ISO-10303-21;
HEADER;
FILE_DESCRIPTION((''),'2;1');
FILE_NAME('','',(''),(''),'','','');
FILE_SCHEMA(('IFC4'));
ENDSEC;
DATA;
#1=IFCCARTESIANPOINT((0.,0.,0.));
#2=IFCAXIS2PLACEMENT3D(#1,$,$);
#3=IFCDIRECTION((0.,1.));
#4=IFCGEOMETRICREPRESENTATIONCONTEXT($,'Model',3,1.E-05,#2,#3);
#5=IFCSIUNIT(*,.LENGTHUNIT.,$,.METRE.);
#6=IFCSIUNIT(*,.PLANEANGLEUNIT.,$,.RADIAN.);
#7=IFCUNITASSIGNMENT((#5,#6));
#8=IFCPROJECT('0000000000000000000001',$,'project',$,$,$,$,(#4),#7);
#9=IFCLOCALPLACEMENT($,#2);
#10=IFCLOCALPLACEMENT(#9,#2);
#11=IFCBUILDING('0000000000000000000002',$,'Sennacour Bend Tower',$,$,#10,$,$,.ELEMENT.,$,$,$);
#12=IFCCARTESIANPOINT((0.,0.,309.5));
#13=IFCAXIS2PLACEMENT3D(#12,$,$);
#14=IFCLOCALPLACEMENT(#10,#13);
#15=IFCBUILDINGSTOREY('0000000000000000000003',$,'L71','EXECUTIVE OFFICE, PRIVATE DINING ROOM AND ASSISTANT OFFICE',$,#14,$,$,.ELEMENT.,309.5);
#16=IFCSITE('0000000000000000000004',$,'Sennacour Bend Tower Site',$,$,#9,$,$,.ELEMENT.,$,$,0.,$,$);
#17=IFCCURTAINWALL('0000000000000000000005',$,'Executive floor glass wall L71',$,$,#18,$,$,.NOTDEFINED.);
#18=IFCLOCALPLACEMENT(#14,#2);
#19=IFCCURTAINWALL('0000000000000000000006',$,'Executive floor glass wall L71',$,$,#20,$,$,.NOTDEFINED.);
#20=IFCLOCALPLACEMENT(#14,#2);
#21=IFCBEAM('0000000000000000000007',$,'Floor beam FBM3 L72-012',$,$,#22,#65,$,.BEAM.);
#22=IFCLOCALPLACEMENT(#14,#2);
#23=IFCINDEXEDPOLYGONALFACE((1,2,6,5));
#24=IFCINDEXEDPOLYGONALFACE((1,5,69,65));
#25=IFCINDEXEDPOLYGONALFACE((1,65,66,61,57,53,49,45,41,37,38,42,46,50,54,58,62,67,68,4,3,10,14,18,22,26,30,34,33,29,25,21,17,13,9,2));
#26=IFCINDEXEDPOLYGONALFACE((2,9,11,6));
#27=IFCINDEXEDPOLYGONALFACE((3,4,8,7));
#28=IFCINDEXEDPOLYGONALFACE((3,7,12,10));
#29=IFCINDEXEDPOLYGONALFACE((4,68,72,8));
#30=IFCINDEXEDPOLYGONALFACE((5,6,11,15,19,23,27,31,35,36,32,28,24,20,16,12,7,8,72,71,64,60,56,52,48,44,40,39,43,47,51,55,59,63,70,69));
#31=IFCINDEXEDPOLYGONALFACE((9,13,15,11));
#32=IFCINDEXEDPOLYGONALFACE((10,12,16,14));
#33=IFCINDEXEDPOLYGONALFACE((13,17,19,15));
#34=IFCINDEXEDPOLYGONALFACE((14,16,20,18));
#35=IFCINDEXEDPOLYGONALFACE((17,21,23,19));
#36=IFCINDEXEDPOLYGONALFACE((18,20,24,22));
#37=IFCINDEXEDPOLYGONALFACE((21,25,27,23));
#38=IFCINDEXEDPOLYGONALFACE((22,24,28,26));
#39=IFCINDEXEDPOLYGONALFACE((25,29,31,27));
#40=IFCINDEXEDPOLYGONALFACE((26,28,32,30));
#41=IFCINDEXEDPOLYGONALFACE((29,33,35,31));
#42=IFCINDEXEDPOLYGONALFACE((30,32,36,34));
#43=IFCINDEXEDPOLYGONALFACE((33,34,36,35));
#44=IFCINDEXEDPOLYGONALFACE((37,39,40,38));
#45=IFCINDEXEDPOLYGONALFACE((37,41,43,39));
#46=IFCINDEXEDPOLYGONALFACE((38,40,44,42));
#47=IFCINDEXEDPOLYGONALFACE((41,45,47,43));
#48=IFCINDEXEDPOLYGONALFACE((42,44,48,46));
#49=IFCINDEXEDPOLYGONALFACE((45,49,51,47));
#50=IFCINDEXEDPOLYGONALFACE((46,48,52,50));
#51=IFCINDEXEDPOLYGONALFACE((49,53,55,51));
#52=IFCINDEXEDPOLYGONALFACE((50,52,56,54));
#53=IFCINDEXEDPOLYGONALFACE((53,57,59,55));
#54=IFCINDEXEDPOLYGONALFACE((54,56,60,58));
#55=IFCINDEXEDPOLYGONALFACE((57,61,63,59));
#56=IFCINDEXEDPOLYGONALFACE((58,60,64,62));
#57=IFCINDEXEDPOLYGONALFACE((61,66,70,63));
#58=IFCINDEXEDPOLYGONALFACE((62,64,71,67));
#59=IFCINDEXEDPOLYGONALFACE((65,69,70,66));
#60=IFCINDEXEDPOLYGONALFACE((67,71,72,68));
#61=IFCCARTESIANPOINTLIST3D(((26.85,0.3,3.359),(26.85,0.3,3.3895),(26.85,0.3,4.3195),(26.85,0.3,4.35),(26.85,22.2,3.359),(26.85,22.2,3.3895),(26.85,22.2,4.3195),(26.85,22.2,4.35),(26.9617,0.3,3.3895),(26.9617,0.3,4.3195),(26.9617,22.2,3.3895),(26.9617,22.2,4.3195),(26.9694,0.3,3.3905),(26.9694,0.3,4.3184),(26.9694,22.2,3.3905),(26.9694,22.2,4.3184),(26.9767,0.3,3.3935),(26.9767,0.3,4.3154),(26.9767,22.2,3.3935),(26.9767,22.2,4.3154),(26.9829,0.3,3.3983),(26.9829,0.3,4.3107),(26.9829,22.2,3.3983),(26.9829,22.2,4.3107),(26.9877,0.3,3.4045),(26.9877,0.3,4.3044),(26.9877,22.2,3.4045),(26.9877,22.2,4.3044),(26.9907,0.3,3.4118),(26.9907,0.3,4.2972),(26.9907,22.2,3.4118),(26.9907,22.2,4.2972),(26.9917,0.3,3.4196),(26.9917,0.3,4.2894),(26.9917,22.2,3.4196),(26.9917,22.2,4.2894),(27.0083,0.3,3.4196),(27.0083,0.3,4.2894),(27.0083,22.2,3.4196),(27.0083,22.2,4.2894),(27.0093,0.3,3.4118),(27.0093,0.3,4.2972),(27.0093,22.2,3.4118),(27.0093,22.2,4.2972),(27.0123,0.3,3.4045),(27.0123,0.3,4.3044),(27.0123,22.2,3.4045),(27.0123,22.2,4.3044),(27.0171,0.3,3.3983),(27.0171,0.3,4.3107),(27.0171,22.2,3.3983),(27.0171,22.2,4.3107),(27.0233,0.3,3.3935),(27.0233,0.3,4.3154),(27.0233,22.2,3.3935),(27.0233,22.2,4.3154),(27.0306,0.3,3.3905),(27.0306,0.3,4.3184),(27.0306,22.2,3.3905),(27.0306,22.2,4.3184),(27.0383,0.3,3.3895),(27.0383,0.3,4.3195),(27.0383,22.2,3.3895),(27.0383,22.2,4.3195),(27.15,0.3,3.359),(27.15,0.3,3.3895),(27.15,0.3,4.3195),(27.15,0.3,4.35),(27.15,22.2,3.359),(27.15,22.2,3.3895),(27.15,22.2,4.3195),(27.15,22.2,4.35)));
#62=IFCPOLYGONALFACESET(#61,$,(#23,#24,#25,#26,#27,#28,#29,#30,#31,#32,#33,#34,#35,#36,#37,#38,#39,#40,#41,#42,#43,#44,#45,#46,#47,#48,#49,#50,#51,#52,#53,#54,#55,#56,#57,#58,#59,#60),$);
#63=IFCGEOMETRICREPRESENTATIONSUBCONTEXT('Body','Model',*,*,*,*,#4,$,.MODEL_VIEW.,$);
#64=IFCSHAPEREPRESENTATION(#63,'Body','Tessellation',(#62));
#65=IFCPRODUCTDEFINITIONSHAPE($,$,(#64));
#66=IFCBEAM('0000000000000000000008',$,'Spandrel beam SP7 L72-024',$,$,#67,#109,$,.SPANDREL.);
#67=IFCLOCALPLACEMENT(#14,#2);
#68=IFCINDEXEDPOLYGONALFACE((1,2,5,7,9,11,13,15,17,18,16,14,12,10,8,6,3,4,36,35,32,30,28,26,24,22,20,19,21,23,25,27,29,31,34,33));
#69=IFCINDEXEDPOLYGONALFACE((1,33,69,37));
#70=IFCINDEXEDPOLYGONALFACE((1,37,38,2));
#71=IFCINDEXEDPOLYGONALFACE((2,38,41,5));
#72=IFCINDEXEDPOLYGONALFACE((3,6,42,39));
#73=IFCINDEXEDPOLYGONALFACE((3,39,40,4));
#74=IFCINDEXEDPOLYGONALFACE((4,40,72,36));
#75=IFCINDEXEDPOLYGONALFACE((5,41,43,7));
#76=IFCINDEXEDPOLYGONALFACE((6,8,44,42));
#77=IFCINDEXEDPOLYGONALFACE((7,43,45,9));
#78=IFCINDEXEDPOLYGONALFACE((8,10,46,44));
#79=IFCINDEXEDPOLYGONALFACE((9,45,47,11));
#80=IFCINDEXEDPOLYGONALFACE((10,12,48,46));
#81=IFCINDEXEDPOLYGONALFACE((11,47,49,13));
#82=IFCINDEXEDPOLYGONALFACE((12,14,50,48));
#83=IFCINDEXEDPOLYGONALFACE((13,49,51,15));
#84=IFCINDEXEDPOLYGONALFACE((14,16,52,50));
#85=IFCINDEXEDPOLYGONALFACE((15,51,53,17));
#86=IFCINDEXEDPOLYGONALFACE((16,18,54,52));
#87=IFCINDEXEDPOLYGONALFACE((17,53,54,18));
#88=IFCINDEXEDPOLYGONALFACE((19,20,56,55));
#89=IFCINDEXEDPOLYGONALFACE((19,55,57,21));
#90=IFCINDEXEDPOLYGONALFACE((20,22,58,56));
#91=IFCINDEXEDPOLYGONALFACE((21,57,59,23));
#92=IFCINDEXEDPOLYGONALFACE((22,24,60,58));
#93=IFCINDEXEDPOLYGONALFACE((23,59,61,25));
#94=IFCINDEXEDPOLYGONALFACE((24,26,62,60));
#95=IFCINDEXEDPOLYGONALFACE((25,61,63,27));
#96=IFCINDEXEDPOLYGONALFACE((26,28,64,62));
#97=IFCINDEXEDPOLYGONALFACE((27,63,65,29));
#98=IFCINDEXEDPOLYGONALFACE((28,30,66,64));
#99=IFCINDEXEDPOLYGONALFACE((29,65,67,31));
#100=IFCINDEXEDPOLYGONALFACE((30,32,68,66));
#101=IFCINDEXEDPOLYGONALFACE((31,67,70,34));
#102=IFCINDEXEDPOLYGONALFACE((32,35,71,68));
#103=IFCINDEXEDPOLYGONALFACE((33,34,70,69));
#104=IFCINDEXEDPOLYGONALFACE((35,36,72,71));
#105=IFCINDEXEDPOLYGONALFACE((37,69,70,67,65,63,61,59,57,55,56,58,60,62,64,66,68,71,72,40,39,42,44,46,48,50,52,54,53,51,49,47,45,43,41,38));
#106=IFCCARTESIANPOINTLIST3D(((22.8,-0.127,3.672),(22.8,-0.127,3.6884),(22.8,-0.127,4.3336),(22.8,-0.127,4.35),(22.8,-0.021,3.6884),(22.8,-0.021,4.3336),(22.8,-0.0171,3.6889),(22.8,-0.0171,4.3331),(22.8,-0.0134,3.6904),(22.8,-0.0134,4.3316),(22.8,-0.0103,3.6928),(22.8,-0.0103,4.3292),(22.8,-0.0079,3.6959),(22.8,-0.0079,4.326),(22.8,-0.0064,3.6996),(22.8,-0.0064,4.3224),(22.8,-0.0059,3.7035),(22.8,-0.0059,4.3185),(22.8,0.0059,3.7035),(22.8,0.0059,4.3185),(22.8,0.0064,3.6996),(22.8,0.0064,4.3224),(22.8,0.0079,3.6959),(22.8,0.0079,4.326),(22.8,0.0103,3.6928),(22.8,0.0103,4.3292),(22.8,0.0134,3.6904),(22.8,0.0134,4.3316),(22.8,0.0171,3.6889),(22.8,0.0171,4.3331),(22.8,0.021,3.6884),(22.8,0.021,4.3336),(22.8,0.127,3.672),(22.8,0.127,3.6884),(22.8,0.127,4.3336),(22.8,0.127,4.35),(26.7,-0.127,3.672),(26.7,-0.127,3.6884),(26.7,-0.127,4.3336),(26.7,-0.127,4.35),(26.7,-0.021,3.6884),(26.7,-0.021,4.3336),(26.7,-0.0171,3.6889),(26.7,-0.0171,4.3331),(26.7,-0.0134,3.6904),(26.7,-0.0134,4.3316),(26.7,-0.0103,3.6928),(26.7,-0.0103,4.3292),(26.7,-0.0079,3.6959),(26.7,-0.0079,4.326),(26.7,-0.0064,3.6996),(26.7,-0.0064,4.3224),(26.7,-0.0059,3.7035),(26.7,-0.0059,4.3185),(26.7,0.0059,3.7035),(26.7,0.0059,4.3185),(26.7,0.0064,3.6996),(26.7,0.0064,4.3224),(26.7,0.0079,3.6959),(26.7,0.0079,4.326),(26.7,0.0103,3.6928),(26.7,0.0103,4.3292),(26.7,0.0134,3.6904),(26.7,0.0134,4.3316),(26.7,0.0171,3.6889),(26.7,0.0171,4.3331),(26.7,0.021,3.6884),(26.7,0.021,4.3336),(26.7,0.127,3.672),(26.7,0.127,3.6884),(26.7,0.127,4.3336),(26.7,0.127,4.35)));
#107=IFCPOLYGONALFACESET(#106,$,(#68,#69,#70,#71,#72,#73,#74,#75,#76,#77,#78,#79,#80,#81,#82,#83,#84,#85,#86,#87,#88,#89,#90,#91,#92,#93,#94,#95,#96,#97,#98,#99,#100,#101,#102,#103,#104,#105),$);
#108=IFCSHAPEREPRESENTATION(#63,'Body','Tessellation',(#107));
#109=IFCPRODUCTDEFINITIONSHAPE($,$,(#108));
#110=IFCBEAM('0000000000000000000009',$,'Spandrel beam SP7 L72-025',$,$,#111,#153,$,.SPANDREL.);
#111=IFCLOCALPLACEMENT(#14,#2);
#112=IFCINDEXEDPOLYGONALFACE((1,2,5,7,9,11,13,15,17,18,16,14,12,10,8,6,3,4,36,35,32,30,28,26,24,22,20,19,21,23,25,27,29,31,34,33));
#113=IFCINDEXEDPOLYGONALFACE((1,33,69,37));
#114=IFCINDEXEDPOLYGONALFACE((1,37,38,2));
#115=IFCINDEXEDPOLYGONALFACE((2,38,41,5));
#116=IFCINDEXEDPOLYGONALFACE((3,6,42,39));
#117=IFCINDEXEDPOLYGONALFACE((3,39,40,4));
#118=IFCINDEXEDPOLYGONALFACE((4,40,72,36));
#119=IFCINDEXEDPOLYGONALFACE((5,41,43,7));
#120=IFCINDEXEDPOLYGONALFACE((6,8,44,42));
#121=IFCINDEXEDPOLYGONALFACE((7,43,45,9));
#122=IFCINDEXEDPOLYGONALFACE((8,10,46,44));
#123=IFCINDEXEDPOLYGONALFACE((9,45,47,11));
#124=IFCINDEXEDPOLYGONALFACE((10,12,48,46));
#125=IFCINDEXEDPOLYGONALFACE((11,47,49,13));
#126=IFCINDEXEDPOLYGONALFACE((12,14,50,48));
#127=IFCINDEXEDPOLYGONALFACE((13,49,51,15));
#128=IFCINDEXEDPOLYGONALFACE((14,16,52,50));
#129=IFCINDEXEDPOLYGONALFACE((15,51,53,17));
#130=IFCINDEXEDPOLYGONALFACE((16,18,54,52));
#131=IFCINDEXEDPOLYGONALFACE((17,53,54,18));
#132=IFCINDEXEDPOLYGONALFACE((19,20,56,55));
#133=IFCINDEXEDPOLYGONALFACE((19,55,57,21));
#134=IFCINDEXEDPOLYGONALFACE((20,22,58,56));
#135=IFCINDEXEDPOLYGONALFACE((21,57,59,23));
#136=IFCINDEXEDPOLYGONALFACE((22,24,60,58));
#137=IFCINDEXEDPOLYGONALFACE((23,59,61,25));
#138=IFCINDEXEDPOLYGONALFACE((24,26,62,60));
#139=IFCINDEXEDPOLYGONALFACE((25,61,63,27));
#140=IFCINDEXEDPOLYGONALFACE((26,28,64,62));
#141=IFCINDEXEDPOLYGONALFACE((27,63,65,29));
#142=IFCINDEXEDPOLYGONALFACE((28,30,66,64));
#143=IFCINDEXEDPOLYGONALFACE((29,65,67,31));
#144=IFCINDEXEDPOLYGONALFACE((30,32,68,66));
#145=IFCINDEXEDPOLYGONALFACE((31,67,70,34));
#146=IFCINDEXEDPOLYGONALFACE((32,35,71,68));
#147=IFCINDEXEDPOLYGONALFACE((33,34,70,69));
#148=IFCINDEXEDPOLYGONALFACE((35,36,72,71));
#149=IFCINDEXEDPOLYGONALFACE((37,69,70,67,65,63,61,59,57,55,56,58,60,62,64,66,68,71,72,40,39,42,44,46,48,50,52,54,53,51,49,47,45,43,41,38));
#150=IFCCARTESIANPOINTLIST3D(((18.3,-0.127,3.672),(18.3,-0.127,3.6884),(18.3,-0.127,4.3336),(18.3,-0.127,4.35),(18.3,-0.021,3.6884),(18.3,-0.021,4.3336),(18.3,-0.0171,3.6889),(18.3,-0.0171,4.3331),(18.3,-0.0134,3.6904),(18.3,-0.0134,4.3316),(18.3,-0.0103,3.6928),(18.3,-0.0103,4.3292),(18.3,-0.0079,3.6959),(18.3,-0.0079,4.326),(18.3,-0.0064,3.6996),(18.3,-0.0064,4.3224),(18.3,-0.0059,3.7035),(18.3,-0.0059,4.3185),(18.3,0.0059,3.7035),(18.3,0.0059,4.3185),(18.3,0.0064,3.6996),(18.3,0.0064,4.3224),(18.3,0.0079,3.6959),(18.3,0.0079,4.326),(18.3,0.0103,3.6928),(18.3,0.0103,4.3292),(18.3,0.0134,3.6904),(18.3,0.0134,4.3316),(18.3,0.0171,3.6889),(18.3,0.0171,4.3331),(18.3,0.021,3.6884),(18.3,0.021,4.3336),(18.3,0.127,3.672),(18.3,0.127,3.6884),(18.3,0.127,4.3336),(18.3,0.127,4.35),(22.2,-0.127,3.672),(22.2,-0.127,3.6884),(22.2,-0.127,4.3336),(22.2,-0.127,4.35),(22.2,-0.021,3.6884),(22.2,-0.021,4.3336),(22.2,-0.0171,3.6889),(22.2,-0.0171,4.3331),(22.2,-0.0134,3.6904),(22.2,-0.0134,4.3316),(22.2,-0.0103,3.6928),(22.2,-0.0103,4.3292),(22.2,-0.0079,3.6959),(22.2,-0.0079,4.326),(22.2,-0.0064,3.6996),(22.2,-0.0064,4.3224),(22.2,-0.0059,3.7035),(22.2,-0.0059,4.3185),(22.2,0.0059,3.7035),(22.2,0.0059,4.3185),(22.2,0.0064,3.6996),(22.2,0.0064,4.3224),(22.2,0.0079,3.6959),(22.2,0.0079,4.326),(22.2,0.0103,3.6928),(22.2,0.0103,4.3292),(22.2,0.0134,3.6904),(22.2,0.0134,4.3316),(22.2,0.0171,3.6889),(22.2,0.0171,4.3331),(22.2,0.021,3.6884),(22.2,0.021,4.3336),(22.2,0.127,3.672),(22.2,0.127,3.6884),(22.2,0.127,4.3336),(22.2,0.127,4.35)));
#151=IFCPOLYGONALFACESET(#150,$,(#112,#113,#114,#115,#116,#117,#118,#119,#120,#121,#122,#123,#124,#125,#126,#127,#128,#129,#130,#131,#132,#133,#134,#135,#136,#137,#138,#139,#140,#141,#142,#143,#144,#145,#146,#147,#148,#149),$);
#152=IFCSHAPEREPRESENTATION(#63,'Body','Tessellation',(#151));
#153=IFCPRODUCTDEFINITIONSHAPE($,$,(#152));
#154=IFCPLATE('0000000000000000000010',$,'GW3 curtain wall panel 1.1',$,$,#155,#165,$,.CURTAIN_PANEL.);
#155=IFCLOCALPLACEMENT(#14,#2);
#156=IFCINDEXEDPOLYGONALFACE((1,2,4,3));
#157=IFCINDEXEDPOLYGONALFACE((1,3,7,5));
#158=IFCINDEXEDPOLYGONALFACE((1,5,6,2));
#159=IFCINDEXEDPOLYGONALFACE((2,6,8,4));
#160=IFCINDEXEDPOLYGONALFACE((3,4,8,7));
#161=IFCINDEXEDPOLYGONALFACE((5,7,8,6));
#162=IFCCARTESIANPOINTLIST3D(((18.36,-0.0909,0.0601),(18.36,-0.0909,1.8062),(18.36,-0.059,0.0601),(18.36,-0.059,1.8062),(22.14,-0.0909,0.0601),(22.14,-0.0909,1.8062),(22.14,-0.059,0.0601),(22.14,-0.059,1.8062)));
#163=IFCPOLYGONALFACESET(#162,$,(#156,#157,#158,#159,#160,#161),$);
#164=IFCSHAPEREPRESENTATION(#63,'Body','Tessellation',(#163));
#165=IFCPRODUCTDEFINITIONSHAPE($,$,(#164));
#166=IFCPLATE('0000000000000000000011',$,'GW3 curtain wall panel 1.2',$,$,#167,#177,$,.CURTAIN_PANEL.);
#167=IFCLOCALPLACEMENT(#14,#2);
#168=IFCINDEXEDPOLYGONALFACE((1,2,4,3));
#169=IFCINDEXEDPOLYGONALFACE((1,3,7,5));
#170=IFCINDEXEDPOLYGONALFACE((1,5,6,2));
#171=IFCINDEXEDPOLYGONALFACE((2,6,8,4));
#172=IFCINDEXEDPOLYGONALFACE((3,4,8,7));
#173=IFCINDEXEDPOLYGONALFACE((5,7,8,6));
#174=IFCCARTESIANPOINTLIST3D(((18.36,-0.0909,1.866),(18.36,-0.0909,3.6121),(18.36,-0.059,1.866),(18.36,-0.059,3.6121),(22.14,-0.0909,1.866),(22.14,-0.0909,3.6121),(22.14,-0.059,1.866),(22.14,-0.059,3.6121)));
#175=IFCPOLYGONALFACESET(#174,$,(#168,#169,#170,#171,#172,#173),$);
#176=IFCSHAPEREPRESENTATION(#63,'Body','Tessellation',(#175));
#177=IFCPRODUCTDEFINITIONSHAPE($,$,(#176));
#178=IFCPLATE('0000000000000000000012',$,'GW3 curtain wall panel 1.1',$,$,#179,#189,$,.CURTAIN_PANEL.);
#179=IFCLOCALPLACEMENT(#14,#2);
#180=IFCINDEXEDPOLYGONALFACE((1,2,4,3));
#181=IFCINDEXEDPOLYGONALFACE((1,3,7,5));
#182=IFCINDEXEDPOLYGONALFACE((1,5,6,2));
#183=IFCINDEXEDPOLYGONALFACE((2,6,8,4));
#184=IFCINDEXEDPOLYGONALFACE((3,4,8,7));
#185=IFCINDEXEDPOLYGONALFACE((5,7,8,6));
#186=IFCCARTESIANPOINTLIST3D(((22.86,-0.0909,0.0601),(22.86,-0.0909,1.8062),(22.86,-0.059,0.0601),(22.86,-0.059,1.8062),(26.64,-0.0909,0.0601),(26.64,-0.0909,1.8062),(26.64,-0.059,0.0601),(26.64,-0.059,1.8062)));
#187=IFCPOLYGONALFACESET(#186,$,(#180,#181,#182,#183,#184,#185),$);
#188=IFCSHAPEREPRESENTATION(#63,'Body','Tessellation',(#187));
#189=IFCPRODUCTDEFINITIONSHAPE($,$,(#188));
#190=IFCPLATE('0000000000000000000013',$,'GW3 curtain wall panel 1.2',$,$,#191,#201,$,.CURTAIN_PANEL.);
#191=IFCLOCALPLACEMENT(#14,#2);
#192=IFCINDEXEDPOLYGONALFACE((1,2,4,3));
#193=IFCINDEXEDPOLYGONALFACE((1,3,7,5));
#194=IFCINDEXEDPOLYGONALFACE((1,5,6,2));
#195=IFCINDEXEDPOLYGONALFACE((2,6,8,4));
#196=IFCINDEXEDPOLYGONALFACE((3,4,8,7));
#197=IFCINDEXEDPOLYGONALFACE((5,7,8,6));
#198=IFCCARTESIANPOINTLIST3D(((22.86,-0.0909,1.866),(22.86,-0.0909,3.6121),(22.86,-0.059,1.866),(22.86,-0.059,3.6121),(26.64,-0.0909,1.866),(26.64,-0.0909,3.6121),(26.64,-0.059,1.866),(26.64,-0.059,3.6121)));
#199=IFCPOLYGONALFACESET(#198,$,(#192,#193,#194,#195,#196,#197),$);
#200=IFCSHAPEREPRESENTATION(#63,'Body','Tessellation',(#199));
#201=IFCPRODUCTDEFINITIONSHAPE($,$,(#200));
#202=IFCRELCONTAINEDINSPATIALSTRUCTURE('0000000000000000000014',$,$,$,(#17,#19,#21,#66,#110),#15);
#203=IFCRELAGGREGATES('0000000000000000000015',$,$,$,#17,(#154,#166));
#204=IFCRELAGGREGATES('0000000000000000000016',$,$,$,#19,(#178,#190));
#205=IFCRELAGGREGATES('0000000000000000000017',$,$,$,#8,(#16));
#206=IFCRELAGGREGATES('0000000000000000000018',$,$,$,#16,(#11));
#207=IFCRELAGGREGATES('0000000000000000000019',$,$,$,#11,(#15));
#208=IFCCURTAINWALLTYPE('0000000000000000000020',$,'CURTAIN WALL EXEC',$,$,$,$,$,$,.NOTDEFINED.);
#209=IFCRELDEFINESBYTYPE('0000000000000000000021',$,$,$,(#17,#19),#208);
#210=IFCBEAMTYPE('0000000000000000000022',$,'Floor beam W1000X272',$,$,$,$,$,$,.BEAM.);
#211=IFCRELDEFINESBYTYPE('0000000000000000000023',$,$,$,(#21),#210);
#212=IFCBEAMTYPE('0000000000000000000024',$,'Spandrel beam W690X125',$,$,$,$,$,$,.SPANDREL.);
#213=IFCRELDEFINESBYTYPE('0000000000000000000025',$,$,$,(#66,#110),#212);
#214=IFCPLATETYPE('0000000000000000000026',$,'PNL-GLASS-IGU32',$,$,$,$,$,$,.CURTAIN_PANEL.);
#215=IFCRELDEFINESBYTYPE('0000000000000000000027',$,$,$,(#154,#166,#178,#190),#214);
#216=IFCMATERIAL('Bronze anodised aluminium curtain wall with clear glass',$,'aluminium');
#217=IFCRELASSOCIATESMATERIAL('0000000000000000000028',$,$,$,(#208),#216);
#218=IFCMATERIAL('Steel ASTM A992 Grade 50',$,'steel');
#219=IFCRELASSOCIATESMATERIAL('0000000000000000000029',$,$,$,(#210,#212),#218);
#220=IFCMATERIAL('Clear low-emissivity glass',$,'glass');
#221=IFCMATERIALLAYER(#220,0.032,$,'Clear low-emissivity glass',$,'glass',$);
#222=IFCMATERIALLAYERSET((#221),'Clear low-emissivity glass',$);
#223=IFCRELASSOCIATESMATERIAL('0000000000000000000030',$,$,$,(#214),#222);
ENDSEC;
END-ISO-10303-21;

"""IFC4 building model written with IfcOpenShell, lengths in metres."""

from ifc_helpers import new_model, si_unit, direction, frame, origin, origin_2d, place, context, subcontext, project, spatial, rectangle, i_section, extrude, material, layer, layer_set, material_profile, profile_set, type_object, element, aggregate, save


model = new_model("IFC4")

# Units and contexts
model_context = context("Model", 3, precision=1e-05, world=origin(), true_north=direction((0.0, 1.0)))
body_context = subcontext(model_context, "Body", "Model", "MODEL_VIEW")
ifc_project = project(units=[si_unit("LENGTHUNIT", "METRE"), si_unit("PLANEANGLEUNIT", "RADIAN")], contexts=[model_context])

# Site, building, storey
site_placement = place(None, origin())
site = spatial("IfcSite", under=ifc_project, at=site_placement, Name="Sennacour Bend Tower Site", CompositionType="ELEMENT", RefElevation=0.0)
building_placement = place(site_placement, origin())
building = spatial("IfcBuilding", under=site, at=building_placement, Name="Sennacour Bend Tower", CompositionType="ELEMENT")
storey_placement = place(building_placement, frame((0.0, 0.0, 309.5)))
storey = spatial("IfcBuildingStorey", under=building, at=storey_placement, Name="L71", Description="EXECUTIVE OFFICE, PRIVATE DINING ROOM AND ASSISTANT OFFICE", CompositionType="ELEMENT", Elevation=309.5)

# Curtain walls
ifc_material_1 = material(Name="Bronze anodised aluminium curtain wall with clear glass", Category="aluminium")
curtain_wall_type = type_object("IfcCurtainWallType", Name="CURTAIN WALL EXEC", PredefinedType="NOTDEFINED", material=ifc_material_1)
curtain_wall_1_placement = place(storey_placement, origin())
curtain_wall_1 = element("IfcCurtainWall", 1, at=curtain_wall_1_placement, inside=storey, type_object=curtain_wall_type, Name="Executive floor glass wall L71", PredefinedType="NOTDEFINED")
curtain_wall_2_placement = place(storey_placement, origin())
curtain_wall_2 = element("IfcCurtainWall", 2, at=curtain_wall_2_placement, inside=storey, type_object=curtain_wall_type, Name="Executive floor glass wall L71", PredefinedType="NOTDEFINED")

# Beams
ifc_material_2 = material(Name="Steel ASTM A992 Grade 50", Category="steel")
ifc_material_profile_1 = material_profile(ifc_material_2, i_section(OverallWidth=0.3, OverallDepth=0.991, WebThickness=0.0166, FlangeThickness=0.0305, FilletRadius=0.03, at=origin_2d()), Name="Steel ASTM A992 Grade 50", Category="steel")
ifc_profile_set_1 = profile_set([ifc_material_profile_1], Name="Steel ASTM A992 Grade 50")
beam_type_1 = type_object("IfcBeamType", Name="Floor beam W1000X272", PredefinedType="BEAM", material=ifc_profile_set_1)
beam_1_placement = place(storey_placement, frame((27.0, 0.3, 3.8545), z_axis=(0.0, 1.0, 0.0), x_axis=(-1.0, 0.0, 0.0)))
element("IfcBeam", 3, at=beam_1_placement, inside=storey, type_object=beam_type_1, Name="Floor beam FBM3 L72-012", PredefinedType="BEAM", context=body_context, shape_type="SweptSolid", body=[
    extrude(i_section(OverallWidth=0.3, OverallDepth=0.991, WebThickness=0.0166, FlangeThickness=0.0305, FilletRadius=0.03, at=origin_2d()), origin(), (0.0, 0.0, 1.0), 21.8999),
])
ifc_material_profile_2 = material_profile(ifc_material_2, i_section(OverallWidth=0.2539, OverallDepth=0.678, WebThickness=0.0117, FlangeThickness=0.0164, FilletRadius=0.0151, at=origin_2d()), Name="Steel ASTM A992 Grade 50", Category="steel")
ifc_profile_set_2 = profile_set([ifc_material_profile_2], Name="Steel ASTM A992 Grade 50")
beam_type_2 = type_object("IfcBeamType", Name="Spandrel beam W690X125", PredefinedType="SPANDREL", material=ifc_profile_set_2)
for number, where, z_axis, x_axis, name in (
    (4, (26.7, 0.0, 4.011), (-1.0, 0.0, 0.0), (0.0, -1.0, 0.0), "Spandrel beam SP7 L72-024"),
    (5, (22.2, 0.0, 4.011), (-1.0, 0.0, 0.0), (0.0, -1.0, 0.0), "Spandrel beam SP7 L72-025"),
):
    element("IfcBeam", number, at=place(storey_placement, frame(where, z_axis=z_axis, x_axis=x_axis)), inside=storey, type_object=beam_type_2, Name=name, PredefinedType="SPANDREL", context=body_context, shape_type="SweptSolid", body=[
        extrude(i_section(OverallWidth=0.2539, OverallDepth=0.678, WebThickness=0.0117, FlangeThickness=0.0164, FilletRadius=0.0151, at=origin_2d()), origin(), (0.0, 0.0, 1.0), 3.8999),
    ])

# Plates
ifc_material_3 = material(Name="Clear low-emissivity glass", Category="glass")
ifc_layer_1 = layer(ifc_material_3, 0.032, Name="Clear low-emissivity glass", Category="glass")
ifc_layer_set_1 = layer_set([ifc_layer_1], Name="Clear low-emissivity glass")
plate_type = type_object("IfcPlateType", Name="PNL-GLASS-IGU32", PredefinedType="CURTAIN_PANEL", material=ifc_layer_set_1)
plate_1_placement = place(storey_placement, frame((20.25, -0.075, 0.0601), z_axis=(0.0, 0.0, 1.0), x_axis=(1.0, 0.0, 0.0)))
plate_1 = element("IfcPlate", 6, at=plate_1_placement, type_object=plate_type, Name="GW3 curtain wall panel 1.1", PredefinedType="CURTAIN_PANEL", context=body_context, shape_type="SweptSolid", body=[
    extrude(rectangle(XDim=3.78, YDim=0.032, at=origin_2d()), origin(), (0.0, 0.0, 1.0), 1.7461),
])
plate_2_placement = place(storey_placement, frame((20.25, -0.075, 1.866), z_axis=(0.0, 0.0, 1.0), x_axis=(1.0, 0.0, 0.0)))
plate_2 = element("IfcPlate", 7, at=plate_2_placement, type_object=plate_type, Name="GW3 curtain wall panel 1.2", PredefinedType="CURTAIN_PANEL", context=body_context, shape_type="SweptSolid", body=[
    extrude(rectangle(XDim=3.78, YDim=0.032, at=origin_2d()), origin(), (0.0, 0.0, 1.0), 1.7461),
])
aggregate(curtain_wall_1, [plate_1, plate_2])
plate_3_placement = place(storey_placement, frame((24.75, -0.075, 0.0601), z_axis=(0.0, 0.0, 1.0), x_axis=(1.0, 0.0, 0.0)))
plate_3 = element("IfcPlate", 8, at=plate_3_placement, type_object=plate_type, Name="GW3 curtain wall panel 1.1", PredefinedType="CURTAIN_PANEL", context=body_context, shape_type="SweptSolid", body=[
    extrude(rectangle(XDim=3.78, YDim=0.032, at=origin_2d()), origin(), (0.0, 0.0, 1.0), 1.7461),
])
plate_4_placement = place(storey_placement, frame((24.75, -0.075, 1.866), z_axis=(0.0, 0.0, 1.0), x_axis=(1.0, 0.0, 0.0)))
plate_4 = element("IfcPlate", 9, at=plate_4_placement, type_object=plate_type, Name="GW3 curtain wall panel 1.2", PredefinedType="CURTAIN_PANEL", context=body_context, shape_type="SweptSolid", body=[
    extrude(rectangle(XDim=3.78, YDim=0.032, at=origin_2d()), origin(), (0.0, 0.0, 1.0), 1.7461),
])
aggregate(curtain_wall_2, [plate_3, plate_4])

save(model, "model.ifc")
